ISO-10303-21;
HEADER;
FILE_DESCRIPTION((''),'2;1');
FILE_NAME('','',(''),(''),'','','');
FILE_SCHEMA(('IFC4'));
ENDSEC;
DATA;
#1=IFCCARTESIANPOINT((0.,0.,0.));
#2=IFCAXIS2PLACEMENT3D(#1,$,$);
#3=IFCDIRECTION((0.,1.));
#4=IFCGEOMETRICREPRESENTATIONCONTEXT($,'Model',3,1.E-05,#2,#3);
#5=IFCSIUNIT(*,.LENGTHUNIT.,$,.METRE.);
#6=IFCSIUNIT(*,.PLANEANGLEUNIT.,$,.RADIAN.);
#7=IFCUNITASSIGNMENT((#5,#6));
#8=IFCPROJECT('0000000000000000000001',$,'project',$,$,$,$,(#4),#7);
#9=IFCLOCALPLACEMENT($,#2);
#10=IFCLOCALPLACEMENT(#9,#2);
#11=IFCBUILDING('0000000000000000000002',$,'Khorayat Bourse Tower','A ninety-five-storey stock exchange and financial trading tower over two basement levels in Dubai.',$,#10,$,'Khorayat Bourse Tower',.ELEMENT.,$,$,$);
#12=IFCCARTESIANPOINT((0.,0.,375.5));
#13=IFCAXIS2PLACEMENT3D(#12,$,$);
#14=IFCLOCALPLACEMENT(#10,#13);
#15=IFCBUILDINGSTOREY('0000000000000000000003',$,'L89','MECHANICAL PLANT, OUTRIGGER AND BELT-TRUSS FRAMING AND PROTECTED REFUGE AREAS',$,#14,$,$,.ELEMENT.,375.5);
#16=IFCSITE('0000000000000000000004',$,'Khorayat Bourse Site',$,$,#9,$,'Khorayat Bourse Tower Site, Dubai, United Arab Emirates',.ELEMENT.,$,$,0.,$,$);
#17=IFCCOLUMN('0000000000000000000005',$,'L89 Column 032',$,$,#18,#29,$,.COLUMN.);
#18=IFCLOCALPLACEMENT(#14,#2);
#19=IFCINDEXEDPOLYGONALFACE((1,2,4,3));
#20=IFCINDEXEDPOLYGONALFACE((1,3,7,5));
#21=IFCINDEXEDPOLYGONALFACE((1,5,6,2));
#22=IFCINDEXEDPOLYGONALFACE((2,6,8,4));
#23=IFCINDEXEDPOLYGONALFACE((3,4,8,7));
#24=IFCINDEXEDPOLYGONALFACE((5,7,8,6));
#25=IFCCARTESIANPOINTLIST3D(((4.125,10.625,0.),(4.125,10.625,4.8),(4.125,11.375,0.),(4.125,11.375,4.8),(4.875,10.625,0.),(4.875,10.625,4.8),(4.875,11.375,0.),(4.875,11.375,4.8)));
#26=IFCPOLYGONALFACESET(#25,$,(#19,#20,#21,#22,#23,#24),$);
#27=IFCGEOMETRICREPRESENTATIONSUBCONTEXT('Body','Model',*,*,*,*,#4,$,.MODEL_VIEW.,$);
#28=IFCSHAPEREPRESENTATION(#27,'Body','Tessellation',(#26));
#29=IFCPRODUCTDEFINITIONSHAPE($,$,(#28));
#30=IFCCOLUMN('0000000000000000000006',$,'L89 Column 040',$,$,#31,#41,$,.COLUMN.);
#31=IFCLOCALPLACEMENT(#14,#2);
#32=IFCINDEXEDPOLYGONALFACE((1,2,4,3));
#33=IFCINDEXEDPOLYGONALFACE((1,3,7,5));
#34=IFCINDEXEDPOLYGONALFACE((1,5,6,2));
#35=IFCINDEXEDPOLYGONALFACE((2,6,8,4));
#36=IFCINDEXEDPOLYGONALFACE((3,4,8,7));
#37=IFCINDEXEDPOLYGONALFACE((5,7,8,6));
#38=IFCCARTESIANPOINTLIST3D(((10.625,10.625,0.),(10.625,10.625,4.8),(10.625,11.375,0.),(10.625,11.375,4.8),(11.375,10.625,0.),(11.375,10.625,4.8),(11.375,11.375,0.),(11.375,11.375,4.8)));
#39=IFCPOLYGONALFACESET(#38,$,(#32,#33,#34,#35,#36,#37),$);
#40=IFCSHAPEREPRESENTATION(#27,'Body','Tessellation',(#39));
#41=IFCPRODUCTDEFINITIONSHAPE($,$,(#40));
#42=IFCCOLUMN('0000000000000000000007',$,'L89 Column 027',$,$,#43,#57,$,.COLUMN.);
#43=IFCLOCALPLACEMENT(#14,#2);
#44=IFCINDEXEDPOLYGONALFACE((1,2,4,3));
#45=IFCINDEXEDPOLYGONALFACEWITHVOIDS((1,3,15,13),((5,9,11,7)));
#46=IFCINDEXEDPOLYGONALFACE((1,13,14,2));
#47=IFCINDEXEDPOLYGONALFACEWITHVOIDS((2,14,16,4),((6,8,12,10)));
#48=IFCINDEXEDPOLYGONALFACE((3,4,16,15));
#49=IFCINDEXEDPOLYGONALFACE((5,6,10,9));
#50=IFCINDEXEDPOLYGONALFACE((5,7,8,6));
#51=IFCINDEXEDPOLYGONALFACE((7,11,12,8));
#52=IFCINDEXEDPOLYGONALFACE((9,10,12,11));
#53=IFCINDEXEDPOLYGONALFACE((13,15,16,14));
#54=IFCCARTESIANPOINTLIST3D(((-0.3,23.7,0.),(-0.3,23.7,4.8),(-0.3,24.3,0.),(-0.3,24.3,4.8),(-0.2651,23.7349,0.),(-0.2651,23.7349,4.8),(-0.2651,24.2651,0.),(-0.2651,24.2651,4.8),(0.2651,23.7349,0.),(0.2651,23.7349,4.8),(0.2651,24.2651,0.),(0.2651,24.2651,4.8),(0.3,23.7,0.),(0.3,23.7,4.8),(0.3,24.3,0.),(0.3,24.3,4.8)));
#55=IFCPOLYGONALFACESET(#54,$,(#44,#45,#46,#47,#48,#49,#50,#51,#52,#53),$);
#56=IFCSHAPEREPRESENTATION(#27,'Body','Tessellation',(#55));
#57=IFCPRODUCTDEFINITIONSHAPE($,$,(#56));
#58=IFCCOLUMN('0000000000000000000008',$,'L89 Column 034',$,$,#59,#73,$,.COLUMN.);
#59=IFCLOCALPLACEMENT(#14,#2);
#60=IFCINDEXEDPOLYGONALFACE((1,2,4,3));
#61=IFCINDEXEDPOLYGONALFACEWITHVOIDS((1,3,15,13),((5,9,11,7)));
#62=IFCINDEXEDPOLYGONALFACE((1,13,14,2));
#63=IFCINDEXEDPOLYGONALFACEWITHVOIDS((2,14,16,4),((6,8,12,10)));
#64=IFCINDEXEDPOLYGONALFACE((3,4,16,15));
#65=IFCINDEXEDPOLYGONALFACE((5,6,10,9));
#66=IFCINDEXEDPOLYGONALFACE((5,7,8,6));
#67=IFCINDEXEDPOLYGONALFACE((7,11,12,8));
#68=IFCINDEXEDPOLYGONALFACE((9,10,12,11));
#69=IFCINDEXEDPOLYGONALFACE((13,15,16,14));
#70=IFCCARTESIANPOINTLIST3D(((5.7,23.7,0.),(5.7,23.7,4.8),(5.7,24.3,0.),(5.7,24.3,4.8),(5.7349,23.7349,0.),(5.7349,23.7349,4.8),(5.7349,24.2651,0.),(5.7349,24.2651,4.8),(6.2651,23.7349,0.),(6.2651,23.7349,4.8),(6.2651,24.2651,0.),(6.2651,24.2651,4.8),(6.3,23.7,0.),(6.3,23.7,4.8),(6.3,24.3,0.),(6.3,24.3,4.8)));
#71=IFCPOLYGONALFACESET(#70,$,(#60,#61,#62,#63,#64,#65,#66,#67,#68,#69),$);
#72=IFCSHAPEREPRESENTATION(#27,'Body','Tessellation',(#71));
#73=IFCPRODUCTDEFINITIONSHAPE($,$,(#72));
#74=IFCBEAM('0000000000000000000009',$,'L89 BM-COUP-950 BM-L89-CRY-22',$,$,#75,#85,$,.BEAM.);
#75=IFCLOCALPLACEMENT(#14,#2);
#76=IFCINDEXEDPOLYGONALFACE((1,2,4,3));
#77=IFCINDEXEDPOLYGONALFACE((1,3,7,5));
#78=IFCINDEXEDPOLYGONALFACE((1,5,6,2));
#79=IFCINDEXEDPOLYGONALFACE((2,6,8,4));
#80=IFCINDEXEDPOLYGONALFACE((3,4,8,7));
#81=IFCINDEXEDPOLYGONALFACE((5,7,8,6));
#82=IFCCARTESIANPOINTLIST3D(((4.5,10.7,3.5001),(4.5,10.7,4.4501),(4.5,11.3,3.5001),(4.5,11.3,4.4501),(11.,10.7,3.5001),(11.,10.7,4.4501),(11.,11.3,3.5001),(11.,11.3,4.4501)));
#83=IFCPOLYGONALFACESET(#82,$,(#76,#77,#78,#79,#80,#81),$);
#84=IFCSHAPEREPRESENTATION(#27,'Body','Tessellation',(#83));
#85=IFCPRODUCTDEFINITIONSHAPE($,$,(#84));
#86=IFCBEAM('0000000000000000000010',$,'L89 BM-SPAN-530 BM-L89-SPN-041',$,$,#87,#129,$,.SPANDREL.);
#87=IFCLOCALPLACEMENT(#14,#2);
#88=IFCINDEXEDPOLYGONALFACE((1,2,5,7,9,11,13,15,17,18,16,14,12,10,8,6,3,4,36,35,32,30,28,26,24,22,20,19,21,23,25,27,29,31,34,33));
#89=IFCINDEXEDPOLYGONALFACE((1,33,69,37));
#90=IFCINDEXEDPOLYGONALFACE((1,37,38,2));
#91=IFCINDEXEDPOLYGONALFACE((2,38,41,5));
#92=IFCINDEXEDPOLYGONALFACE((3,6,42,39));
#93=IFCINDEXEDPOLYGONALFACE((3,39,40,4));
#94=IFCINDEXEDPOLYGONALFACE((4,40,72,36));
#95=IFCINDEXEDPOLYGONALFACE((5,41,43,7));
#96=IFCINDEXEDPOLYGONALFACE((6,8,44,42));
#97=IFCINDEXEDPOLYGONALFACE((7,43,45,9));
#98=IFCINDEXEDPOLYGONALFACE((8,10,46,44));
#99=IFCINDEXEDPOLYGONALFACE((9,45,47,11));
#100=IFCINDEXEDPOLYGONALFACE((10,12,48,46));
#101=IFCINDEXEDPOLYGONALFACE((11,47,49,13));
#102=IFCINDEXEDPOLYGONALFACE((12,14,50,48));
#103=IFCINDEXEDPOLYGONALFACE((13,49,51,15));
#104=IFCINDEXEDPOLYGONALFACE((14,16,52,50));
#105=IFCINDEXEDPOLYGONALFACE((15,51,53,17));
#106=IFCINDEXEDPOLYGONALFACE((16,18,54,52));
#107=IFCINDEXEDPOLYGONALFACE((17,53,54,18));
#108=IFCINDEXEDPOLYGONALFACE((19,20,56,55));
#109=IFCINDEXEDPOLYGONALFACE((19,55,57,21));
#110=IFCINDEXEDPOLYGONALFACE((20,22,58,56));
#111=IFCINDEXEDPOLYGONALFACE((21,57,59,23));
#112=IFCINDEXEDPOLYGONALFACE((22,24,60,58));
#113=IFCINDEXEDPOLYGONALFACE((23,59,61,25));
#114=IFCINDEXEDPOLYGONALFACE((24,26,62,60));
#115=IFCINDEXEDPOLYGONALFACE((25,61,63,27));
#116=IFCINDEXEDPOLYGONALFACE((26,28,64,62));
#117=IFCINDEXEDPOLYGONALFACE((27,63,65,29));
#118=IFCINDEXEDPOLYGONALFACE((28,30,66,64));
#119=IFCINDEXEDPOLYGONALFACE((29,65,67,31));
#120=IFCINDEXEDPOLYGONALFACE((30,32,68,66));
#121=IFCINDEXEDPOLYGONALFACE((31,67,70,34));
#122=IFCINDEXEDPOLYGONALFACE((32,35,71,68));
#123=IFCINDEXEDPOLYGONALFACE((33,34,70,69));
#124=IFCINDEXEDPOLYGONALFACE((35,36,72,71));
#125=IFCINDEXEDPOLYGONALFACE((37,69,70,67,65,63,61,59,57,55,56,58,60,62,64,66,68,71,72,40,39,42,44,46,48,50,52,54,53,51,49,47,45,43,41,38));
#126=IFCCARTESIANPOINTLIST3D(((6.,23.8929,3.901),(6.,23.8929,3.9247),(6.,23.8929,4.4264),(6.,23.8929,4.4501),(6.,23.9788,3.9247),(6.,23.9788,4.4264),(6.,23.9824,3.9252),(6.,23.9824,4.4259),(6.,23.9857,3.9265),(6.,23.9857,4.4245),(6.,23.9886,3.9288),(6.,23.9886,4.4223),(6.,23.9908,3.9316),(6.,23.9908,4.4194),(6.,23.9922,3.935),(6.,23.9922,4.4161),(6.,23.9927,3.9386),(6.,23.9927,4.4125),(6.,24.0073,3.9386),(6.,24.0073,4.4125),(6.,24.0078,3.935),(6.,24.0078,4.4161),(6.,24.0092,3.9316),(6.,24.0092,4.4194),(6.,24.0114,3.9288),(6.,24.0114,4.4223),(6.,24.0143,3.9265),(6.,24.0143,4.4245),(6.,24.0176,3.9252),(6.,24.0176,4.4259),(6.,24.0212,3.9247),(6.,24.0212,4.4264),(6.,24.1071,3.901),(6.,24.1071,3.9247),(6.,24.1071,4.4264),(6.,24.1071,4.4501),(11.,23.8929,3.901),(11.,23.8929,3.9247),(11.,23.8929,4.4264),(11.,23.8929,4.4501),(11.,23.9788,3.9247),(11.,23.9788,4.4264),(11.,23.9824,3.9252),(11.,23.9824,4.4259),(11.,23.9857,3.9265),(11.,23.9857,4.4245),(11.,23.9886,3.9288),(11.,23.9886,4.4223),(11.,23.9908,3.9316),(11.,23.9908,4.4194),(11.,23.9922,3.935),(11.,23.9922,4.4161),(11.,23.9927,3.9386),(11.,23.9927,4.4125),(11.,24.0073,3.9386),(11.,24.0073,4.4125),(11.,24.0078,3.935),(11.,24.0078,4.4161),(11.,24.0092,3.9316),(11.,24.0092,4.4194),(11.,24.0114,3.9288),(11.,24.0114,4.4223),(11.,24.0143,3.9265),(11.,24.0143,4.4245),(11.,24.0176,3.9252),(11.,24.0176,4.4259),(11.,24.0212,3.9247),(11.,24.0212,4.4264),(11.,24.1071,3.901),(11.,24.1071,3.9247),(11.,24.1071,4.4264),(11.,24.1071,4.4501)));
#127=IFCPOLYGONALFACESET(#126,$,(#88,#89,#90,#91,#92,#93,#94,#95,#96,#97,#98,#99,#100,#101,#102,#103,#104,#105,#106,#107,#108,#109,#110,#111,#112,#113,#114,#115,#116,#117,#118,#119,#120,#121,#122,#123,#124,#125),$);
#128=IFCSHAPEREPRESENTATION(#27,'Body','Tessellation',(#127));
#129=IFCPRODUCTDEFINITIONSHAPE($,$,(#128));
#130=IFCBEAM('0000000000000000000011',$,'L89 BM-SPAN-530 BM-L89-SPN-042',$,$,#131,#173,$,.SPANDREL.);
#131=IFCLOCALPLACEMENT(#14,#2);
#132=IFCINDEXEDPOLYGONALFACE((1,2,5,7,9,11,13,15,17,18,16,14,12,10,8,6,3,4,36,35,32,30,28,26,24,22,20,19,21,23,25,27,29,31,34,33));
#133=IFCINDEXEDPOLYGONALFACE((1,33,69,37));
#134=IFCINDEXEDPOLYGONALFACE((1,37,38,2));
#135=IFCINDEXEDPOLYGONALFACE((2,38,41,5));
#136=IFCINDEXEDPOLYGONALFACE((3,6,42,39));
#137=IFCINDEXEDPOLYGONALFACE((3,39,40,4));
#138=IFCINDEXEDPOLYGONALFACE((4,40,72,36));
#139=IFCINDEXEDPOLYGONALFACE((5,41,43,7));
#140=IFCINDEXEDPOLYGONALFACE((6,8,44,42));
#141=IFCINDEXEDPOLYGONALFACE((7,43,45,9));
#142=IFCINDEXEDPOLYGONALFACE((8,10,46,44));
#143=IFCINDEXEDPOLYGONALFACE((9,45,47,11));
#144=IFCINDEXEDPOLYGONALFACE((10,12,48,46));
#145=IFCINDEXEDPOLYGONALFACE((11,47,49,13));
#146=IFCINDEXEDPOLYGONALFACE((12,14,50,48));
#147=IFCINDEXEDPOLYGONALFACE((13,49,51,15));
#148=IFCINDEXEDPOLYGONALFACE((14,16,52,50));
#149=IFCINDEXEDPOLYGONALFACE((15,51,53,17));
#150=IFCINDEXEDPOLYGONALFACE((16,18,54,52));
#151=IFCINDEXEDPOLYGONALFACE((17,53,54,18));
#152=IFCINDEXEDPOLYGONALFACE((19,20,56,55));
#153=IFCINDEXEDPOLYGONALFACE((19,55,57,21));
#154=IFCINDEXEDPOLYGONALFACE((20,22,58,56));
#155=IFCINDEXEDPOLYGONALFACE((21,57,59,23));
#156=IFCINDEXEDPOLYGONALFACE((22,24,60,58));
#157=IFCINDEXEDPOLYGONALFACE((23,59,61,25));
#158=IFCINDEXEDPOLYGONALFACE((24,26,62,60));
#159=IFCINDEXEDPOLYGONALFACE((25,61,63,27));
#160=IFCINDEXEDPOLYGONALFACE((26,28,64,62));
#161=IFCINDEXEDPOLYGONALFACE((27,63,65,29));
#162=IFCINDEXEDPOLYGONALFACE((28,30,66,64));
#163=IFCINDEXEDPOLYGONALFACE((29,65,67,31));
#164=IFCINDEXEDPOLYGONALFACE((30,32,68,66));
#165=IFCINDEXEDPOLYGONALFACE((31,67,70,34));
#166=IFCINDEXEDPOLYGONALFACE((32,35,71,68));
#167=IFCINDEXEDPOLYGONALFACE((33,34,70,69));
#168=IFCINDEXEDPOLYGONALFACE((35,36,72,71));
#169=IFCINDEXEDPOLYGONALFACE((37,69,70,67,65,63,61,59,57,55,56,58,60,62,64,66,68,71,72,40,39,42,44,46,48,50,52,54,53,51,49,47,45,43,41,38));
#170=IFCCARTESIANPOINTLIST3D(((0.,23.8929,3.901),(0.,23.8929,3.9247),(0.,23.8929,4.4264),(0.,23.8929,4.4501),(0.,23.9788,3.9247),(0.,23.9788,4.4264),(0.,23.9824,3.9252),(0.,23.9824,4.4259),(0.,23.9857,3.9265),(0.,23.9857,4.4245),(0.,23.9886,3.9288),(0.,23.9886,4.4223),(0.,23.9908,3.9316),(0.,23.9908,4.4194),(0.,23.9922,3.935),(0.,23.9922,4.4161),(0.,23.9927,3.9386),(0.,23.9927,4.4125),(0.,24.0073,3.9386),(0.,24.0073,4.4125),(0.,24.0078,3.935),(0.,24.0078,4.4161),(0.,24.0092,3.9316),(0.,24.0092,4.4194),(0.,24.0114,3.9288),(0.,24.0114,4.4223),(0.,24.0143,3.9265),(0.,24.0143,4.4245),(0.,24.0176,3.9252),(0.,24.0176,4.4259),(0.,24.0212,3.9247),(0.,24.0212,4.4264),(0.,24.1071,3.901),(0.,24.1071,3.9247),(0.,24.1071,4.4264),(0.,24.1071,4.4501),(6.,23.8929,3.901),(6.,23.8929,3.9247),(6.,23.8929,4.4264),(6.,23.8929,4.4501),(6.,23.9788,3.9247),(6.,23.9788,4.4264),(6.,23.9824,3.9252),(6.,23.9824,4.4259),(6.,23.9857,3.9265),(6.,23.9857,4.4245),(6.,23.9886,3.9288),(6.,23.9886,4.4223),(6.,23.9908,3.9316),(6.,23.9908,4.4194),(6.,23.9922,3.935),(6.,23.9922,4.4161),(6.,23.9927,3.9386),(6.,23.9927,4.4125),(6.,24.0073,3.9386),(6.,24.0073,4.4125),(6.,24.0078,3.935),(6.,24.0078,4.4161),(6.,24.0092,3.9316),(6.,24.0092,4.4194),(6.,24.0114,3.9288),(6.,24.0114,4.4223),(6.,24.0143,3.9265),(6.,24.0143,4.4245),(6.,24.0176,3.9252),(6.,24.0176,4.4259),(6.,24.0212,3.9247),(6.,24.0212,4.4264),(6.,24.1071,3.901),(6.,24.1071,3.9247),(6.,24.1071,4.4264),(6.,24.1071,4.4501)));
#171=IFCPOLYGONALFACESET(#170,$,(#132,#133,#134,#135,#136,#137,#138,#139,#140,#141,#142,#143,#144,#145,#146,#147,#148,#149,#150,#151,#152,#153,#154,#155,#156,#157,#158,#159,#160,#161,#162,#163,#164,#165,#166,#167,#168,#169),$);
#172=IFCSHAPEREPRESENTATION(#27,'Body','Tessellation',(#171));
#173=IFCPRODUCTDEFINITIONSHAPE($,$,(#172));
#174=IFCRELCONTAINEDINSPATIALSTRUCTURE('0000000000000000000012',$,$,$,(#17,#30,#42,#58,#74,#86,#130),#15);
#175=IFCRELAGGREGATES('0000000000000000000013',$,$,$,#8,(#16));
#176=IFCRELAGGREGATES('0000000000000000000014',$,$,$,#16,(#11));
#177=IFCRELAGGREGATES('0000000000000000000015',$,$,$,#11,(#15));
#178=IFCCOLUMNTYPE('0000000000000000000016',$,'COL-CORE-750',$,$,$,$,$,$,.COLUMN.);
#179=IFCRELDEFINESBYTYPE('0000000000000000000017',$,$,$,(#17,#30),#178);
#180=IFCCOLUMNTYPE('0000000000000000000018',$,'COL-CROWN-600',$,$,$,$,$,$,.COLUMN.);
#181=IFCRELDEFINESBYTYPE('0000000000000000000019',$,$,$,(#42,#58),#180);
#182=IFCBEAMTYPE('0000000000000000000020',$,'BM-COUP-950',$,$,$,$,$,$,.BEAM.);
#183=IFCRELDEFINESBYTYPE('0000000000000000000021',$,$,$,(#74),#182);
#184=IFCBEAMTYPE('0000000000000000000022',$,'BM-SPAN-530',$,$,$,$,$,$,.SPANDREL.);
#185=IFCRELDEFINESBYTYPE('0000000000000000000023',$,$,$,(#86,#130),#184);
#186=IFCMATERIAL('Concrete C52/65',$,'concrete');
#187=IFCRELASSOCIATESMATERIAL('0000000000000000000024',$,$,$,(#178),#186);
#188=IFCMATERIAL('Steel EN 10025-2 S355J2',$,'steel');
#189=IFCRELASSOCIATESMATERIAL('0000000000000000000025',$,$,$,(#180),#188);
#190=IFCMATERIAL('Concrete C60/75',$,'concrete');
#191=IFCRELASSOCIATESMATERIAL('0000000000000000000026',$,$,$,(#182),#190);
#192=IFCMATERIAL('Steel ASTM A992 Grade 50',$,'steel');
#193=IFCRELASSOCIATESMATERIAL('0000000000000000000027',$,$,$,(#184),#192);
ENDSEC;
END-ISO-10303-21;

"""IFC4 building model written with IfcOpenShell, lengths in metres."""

from ifc_helpers import new_model, si_unit, direction, frame, origin, origin_2d, place, context, subcontext, project, spatial, rectangle, hollow_rectangle, i_section, extrude, source, transform, mapped, material, material_profile, profile_set, type_object, element, save


model = new_model("IFC4")

# Units and contexts
model_context = context("Model", 3, precision=1e-05, world=origin(), true_north=direction((0.0, 1.0)))
body_context = subcontext(model_context, "Body", "Model", "MODEL_VIEW")
ifc_project = project(units=[si_unit("LENGTHUNIT", "METRE"), si_unit("PLANEANGLEUNIT", "RADIAN")], contexts=[model_context])

# Site, building, storey
site_placement = place(None, origin())
site = spatial("IfcSite", under=ifc_project, at=site_placement, Name="Khorayat Bourse Site", LongName="Khorayat Bourse Tower Site, Dubai, United Arab Emirates", CompositionType="ELEMENT", RefElevation=0.0)
building_placement = place(site_placement, origin())
building = spatial("IfcBuilding", under=site, at=building_placement, Name="Khorayat Bourse Tower", Description="A ninety-five-storey stock exchange and financial trading tower over two basement levels in Dubai.", LongName="Khorayat Bourse Tower", CompositionType="ELEMENT")
storey_placement = place(building_placement, frame((0.0, 0.0, 375.5)))
storey = spatial("IfcBuildingStorey", under=building, at=storey_placement, Name="L89", Description="MECHANICAL PLANT, OUTRIGGER AND BELT-TRUSS FRAMING AND PROTECTED REFUGE AREAS", CompositionType="ELEMENT", Elevation=375.5)

# Columns
ifc_material_1 = material(Name="Concrete C52/65", Category="concrete")
ifc_material_profile_1 = material_profile(ifc_material_1, rectangle(XDim=0.75, YDim=0.75, at=origin_2d()), Name="RC 750x750")
ifc_profile_set_1 = profile_set([ifc_material_profile_1], Name="Concrete C52/65")
column_type_1 = type_object("IfcColumnType", Name="COL-CORE-750", PredefinedType="COLUMN", material=ifc_profile_set_1)
shared_shape_1 = source(origin(), body_context, "Body", "SweptSolid", [
    extrude(rectangle(XDim=0.75, YDim=0.75, at=origin_2d()), origin(), (0.0, 0.0, 1.0), 4.8),
])
for number, where, z_axis, x_axis, name in (
    (1, (4.5, 11.0, 0.0), (0.0, 0.0, 1.0), (1.0, 0.0, 0.0), "L89 Column 032"),
    (2, (11.0, 11.0, 0.0), (0.0, 0.0, 1.0), (1.0, 0.0, 0.0), "L89 Column 040"),
):
    element("IfcColumn", number, at=place(storey_placement, frame(where, z_axis=z_axis, x_axis=x_axis)), inside=storey, type_object=column_type_1, Name=name, PredefinedType="COLUMN", context=body_context, shape_type="MappedRepresentation", body=[
        mapped(shared_shape_1, transform((0.0, 0.0, 0.0), scale=1.0)),
    ])
ifc_material_2 = material(Name="Steel EN 10025-2 S355J2", Category="steel")
ifc_material_profile_2 = material_profile(ifc_material_2, hollow_rectangle(XDim=0.6001, YDim=0.6001, WallThickness=0.0349, at=origin_2d()), Name="BOX 600x600x35")
ifc_profile_set_2 = profile_set([ifc_material_profile_2], Name="Steel EN 10025-2 S355J2")
column_type_2 = type_object("IfcColumnType", Name="COL-CROWN-600", PredefinedType="COLUMN", material=ifc_profile_set_2)
shared_shape_2 = source(origin(), body_context, "Body", "SweptSolid", [
    extrude(hollow_rectangle(XDim=0.6001, YDim=0.6001, WallThickness=0.0349, at=origin_2d()), origin(), (0.0, 0.0, 1.0), 4.8),
])
for number, where, z_axis, x_axis, name in (
    (3, (0.0, 24.0, 0.0), (0.0, 0.0, 1.0), (1.0, 0.0, 0.0), "L89 Column 027"),
    (4, (6.0, 24.0, 0.0), (0.0, 0.0, 1.0), (1.0, 0.0, 0.0), "L89 Column 034"),
):
    element("IfcColumn", number, at=place(storey_placement, frame(where, z_axis=z_axis, x_axis=x_axis)), inside=storey, type_object=column_type_2, Name=name, PredefinedType="COLUMN", context=body_context, shape_type="MappedRepresentation", body=[
        mapped(shared_shape_2, transform((0.0, 0.0, 0.0), scale=1.0)),
    ])

# Beams
ifc_material_3 = material(Name="Concrete C60/75", Category="concrete")
ifc_material_profile_3 = material_profile(ifc_material_3, rectangle(XDim=0.6001, YDim=0.95, at=origin_2d()), Name="RC 600x950")
ifc_profile_set_3 = profile_set([ifc_material_profile_3], Name="Concrete C60/75")
beam_type_1 = type_object("IfcBeamType", Name="BM-COUP-950", PredefinedType="BEAM", material=ifc_profile_set_3)
shared_shape_3 = source(origin(), body_context, "Body", "SweptSolid", [
    extrude(rectangle(XDim=0.6001, YDim=0.95, at=origin_2d()), origin(), (0.0, 0.0, 1.0), 6.5),
])
beam_1_placement = place(storey_placement, frame((4.5, 11.0, 3.9751), z_axis=(1.0, 0.0, 0.0), x_axis=(0.0, 1.0, 0.0)))
element("IfcBeam", 5, at=beam_1_placement, inside=storey, type_object=beam_type_1, Name="L89 BM-COUP-950 BM-L89-CRY-22", PredefinedType="BEAM", context=body_context, shape_type="MappedRepresentation", body=[
    mapped(shared_shape_3, transform((0.0, 0.0, 0.0), scale=1.0)),
])
ifc_material_4 = material(Name="Steel ASTM A992 Grade 50", Category="steel")
ifc_material_profile_4 = material_profile(ifc_material_4, i_section(OverallWidth=0.2141, OverallDepth=0.5491, WebThickness=0.0146, FlangeThickness=0.0237, FilletRadius=0.0139, at=origin_2d()), Name="W530X138")
ifc_profile_set_4 = profile_set([ifc_material_profile_4], Name="Steel ASTM A992 Grade 50")
beam_type_2 = type_object("IfcBeamType", Name="BM-SPAN-530", PredefinedType="SPANDREL", material=ifc_profile_set_4)
shared_shape_4 = source(origin(), body_context, "Body", "SweptSolid", [
    extrude(i_section(OverallWidth=0.2141, OverallDepth=0.5491, WebThickness=0.0146, FlangeThickness=0.0237, FilletRadius=0.0139, at=origin_2d()), origin(), (0.0, 0.0, 1.0), 5.0),
])
beam_2_placement = place(storey_placement, frame((6.0, 24.0, 4.1755), z_axis=(1.0, 0.0, 0.0), x_axis=(0.0, 1.0, 0.0)))
element("IfcBeam", 6, at=beam_2_placement, inside=storey, type_object=beam_type_2, Name="L89 BM-SPAN-530 BM-L89-SPN-041", PredefinedType="SPANDREL", context=body_context, shape_type="MappedRepresentation", body=[
    mapped(shared_shape_4, transform((0.0, 0.0, 0.0), scale=1.0)),
])
shared_shape_5 = source(origin(), body_context, "Body", "SweptSolid", [
    extrude(i_section(OverallWidth=0.2141, OverallDepth=0.5491, WebThickness=0.0146, FlangeThickness=0.0237, FilletRadius=0.0139, at=origin_2d()), origin(), (0.0, 0.0, 1.0), 6.0),
])
beam_3_placement = place(storey_placement, frame((0.0, 24.0, 4.1755), z_axis=(1.0, 0.0, 0.0), x_axis=(0.0, 1.0, 0.0)))
element("IfcBeam", 7, at=beam_3_placement, inside=storey, type_object=beam_type_2, Name="L89 BM-SPAN-530 BM-L89-SPN-042", PredefinedType="SPANDREL", context=body_context, shape_type="MappedRepresentation", body=[
    mapped(shared_shape_5, transform((0.0, 0.0, 0.0), scale=1.0)),
])

save(model, "model.ifc")
